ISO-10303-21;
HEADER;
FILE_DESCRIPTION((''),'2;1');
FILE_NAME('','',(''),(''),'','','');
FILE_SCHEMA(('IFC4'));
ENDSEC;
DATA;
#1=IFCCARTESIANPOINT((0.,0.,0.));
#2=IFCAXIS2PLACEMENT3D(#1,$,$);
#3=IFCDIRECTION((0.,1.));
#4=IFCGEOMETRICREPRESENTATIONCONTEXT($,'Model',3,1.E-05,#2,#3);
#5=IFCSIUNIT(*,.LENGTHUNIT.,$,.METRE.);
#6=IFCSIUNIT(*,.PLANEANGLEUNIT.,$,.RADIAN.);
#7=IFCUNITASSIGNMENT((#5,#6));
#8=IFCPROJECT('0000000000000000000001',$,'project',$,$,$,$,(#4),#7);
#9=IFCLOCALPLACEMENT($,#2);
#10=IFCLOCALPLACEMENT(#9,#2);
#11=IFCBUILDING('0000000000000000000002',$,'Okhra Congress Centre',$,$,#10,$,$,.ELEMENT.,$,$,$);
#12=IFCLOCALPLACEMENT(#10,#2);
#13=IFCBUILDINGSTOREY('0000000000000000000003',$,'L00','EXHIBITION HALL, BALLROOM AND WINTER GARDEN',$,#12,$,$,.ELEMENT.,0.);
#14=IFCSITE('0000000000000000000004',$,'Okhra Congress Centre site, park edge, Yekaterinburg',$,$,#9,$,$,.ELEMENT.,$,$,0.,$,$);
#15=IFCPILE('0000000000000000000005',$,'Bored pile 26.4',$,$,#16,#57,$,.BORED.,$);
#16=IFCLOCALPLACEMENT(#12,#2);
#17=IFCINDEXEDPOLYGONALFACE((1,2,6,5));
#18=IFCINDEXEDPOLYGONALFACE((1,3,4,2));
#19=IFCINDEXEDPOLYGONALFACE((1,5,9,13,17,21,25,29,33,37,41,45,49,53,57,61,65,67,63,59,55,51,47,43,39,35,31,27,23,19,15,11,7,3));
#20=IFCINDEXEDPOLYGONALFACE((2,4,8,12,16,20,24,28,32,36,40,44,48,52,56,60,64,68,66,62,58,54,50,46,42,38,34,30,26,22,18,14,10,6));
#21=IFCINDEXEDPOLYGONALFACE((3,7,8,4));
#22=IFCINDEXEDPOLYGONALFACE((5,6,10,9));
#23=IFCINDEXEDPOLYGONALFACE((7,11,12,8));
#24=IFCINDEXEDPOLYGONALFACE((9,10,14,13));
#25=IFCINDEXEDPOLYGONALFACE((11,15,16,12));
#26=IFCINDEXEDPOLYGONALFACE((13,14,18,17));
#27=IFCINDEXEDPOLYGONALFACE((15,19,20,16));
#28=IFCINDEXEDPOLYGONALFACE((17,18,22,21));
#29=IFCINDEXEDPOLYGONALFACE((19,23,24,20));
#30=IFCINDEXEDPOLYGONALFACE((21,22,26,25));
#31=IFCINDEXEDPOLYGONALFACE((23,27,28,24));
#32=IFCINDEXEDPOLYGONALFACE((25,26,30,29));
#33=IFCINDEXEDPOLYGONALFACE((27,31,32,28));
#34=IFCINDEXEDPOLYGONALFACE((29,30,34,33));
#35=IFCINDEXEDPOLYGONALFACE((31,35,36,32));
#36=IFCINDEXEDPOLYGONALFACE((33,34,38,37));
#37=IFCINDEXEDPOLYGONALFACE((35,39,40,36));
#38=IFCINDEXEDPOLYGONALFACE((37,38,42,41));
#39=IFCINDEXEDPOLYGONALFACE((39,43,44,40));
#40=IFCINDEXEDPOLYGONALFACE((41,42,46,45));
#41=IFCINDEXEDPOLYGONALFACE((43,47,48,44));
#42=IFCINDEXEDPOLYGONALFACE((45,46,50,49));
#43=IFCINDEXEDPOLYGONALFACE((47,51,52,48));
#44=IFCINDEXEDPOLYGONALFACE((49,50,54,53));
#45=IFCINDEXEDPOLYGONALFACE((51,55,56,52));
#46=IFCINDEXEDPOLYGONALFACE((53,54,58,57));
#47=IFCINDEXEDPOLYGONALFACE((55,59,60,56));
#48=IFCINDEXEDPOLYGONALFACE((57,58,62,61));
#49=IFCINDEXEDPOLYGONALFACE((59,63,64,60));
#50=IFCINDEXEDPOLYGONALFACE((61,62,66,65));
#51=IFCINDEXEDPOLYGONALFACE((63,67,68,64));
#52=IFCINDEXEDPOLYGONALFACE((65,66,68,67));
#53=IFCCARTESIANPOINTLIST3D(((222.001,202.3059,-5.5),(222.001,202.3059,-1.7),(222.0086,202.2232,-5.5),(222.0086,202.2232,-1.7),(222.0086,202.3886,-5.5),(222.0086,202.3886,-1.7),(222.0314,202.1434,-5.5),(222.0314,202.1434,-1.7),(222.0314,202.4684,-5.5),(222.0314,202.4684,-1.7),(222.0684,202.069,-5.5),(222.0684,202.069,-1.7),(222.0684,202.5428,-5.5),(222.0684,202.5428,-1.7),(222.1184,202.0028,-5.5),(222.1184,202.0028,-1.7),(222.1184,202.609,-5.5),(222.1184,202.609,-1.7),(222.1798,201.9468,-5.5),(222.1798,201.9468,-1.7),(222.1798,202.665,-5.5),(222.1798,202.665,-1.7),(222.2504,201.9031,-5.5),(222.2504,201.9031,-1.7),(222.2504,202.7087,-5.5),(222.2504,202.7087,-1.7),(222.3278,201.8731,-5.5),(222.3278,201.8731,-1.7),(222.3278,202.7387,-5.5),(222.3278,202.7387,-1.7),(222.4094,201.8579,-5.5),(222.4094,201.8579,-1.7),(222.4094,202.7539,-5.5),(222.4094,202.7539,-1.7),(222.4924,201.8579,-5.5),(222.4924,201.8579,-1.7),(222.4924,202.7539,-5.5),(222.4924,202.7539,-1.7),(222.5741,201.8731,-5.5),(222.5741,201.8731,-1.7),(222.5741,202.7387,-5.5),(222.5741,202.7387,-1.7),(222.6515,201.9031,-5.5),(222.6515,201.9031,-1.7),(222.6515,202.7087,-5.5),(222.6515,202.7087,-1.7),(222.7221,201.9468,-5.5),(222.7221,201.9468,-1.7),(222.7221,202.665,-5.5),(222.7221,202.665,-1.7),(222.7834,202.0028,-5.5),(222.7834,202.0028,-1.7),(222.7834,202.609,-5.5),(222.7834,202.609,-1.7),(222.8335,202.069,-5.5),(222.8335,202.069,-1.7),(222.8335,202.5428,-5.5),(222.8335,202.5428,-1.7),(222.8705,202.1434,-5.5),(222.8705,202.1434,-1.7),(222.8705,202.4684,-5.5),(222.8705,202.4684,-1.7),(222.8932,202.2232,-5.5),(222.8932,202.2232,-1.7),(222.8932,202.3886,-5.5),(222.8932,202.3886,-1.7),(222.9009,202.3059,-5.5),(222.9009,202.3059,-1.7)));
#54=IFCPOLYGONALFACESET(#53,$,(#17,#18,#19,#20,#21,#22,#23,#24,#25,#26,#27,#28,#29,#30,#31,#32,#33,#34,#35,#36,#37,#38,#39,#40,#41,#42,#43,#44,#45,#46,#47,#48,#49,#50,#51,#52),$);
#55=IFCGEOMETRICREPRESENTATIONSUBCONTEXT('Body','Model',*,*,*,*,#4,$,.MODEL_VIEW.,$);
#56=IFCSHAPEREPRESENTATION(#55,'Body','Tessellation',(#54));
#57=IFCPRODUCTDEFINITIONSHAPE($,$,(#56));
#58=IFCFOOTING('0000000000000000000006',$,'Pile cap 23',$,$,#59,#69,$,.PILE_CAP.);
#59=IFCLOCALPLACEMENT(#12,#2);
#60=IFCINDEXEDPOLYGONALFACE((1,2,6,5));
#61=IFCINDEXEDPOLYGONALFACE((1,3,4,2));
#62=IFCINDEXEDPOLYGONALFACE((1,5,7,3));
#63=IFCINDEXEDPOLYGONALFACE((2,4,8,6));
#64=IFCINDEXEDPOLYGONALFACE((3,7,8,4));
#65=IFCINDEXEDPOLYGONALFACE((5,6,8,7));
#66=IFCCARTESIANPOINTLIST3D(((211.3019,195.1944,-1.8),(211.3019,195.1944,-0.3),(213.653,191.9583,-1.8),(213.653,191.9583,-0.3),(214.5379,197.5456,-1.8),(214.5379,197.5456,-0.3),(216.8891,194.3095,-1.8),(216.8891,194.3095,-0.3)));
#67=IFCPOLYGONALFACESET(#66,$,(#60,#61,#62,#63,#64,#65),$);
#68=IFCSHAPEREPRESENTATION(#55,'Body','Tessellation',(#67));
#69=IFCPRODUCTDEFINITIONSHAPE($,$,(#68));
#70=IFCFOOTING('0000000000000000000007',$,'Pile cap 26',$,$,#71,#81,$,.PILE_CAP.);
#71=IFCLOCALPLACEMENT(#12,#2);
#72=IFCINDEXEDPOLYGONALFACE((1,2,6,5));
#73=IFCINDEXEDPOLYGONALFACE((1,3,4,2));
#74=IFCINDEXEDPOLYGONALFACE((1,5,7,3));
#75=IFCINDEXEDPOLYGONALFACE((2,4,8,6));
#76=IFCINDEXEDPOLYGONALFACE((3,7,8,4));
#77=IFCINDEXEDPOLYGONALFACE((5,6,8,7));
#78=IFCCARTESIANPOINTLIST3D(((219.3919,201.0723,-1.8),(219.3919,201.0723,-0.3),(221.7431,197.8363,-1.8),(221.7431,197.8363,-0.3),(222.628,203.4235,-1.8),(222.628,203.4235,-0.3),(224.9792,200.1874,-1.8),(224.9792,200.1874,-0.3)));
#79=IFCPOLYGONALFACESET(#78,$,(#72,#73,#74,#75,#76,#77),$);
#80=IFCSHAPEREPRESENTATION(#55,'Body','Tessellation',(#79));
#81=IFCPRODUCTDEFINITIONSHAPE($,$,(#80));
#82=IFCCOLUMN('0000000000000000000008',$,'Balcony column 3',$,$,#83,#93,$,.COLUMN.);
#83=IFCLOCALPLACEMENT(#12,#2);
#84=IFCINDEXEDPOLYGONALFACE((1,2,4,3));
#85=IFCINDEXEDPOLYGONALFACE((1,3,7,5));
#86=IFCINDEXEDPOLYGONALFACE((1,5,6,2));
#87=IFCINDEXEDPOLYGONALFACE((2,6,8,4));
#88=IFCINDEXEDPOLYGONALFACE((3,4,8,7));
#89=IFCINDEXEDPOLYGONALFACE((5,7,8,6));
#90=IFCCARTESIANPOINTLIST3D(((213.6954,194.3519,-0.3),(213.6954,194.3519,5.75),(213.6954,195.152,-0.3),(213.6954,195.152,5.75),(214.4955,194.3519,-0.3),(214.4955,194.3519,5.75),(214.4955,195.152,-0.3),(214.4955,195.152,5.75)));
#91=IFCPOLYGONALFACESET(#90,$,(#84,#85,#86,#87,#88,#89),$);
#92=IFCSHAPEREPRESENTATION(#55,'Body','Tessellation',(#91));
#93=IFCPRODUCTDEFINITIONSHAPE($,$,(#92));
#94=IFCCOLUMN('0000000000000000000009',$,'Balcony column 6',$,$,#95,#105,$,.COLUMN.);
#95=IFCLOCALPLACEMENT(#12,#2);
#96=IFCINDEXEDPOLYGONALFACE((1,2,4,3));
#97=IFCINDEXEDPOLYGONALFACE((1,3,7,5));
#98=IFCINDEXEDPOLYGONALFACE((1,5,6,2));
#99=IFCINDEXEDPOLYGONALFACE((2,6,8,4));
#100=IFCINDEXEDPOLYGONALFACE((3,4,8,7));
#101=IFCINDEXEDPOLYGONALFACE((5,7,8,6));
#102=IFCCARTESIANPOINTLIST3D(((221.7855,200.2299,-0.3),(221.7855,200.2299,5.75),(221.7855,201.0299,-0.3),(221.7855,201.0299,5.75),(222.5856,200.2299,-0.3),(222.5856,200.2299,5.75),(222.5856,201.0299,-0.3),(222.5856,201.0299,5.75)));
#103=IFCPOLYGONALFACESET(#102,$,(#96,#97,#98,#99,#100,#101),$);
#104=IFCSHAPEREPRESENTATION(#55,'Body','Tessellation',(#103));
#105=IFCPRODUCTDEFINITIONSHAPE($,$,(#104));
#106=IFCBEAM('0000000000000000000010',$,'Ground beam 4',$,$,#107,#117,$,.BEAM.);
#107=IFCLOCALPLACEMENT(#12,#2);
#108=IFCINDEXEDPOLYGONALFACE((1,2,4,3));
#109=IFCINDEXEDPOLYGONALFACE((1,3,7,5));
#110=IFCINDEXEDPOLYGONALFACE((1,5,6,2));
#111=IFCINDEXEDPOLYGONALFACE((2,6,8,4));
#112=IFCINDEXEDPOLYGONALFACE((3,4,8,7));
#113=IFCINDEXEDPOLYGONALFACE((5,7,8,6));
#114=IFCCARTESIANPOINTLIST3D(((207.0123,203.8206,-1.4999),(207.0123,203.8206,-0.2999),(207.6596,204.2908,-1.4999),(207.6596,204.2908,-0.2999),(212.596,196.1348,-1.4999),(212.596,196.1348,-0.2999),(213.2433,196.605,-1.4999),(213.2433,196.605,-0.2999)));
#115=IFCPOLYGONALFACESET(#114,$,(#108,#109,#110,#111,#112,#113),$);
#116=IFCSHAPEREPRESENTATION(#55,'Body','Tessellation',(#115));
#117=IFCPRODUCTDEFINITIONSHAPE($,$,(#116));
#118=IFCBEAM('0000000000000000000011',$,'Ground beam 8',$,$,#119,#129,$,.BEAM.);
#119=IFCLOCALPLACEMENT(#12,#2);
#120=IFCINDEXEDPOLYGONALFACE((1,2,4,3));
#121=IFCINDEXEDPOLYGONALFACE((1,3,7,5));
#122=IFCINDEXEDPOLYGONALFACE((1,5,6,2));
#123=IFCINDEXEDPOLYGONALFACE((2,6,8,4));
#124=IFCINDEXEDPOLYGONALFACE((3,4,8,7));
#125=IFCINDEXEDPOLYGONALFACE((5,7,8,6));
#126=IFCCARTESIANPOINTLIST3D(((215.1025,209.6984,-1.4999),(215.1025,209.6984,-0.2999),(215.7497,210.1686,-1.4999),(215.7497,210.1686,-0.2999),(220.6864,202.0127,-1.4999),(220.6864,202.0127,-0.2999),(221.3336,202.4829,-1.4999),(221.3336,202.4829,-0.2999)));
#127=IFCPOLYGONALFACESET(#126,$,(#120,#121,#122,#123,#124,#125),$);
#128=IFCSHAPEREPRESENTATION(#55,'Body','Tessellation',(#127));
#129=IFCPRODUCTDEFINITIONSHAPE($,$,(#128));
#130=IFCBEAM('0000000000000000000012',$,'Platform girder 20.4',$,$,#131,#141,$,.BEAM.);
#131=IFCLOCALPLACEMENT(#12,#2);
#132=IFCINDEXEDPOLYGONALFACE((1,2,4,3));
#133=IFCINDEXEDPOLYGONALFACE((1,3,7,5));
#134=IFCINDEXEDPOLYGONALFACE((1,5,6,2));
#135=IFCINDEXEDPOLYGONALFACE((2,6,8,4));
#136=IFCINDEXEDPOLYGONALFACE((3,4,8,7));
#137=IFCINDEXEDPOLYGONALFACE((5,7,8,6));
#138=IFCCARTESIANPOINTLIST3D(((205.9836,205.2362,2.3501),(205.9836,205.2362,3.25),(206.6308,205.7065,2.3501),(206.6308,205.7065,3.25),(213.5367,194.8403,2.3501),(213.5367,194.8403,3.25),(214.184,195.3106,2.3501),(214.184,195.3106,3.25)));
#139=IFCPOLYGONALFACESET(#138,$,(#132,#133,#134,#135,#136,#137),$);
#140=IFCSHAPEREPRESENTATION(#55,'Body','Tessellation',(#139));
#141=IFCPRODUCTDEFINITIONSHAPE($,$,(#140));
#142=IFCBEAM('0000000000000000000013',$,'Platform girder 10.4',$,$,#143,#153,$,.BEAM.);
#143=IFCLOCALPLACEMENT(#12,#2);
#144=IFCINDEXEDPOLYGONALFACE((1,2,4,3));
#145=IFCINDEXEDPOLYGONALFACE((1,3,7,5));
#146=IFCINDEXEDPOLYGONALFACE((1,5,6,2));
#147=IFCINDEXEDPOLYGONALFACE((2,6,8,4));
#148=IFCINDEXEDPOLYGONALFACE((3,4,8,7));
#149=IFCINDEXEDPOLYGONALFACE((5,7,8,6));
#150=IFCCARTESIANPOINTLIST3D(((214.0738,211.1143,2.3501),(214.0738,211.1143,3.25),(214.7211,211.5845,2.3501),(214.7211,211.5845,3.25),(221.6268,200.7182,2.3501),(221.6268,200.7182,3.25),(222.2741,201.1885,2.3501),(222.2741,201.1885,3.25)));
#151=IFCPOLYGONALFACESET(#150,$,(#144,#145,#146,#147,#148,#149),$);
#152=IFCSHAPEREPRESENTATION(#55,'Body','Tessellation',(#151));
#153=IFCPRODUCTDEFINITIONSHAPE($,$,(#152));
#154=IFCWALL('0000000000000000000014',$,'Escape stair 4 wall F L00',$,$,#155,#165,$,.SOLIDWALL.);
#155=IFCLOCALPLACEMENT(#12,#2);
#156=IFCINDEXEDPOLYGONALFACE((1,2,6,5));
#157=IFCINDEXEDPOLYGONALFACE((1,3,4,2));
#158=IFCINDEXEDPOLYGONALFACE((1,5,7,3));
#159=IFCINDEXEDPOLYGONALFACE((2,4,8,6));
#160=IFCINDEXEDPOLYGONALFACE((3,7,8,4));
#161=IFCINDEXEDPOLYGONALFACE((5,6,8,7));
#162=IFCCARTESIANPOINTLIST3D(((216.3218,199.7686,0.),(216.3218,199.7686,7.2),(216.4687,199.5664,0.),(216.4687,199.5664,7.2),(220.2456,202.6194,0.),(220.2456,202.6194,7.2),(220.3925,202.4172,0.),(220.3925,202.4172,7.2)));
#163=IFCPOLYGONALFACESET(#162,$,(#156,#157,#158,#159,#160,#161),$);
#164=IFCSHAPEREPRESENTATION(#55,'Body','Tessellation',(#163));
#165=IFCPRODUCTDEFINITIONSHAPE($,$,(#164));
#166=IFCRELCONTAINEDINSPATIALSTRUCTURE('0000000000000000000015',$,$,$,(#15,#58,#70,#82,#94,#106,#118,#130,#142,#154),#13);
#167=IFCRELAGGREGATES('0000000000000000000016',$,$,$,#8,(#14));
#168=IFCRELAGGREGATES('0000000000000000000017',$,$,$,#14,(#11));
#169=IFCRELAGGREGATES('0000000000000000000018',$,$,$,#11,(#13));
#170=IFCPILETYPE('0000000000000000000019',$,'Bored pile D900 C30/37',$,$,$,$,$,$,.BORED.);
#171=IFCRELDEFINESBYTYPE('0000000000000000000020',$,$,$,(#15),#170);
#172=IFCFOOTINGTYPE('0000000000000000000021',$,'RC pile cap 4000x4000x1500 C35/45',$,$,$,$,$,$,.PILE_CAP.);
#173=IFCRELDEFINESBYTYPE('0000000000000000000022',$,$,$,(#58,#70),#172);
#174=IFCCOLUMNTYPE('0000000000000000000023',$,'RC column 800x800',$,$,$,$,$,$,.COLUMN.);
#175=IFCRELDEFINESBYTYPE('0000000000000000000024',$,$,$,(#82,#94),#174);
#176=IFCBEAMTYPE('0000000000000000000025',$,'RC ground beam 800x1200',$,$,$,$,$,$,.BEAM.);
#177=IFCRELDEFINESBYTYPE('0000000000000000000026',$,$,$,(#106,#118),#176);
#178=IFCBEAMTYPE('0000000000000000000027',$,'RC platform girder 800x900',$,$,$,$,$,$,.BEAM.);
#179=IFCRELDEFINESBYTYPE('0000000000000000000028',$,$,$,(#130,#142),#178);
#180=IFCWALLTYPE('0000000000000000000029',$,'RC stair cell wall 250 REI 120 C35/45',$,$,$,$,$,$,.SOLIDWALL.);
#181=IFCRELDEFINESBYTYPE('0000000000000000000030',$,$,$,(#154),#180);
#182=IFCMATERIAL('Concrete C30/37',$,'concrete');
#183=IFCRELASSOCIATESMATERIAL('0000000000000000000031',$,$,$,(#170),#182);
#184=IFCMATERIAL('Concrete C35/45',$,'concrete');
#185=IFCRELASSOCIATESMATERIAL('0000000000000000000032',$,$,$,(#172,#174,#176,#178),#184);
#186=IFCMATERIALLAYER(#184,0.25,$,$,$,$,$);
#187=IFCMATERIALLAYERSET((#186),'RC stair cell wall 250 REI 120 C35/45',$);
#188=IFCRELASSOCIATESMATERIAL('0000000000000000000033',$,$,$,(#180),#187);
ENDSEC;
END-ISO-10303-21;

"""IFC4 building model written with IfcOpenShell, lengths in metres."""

from ifc_helpers import new_model, si_unit, direction, frame, frame_2d, origin, origin_2d, place, context, subcontext, project, spatial, rectangle, circle, extrude, material, layer, layer_set, material_profile, profile_set, type_object, element, save


model = new_model("IFC4")

# Units and contexts
model_context = context("Model", 3, precision=1e-05, world=origin(), true_north=direction((0.0, 1.0)))
body_context = subcontext(model_context, "Body", "Model", "MODEL_VIEW")
ifc_project = project(units=[si_unit("LENGTHUNIT", "METRE"), si_unit("PLANEANGLEUNIT", "RADIAN")], contexts=[model_context])

# Site, building, storey
site_placement = place(None, origin())
site = spatial("IfcSite", under=ifc_project, at=site_placement, Name="Okhra Congress Centre site, park edge, Yekaterinburg", CompositionType="ELEMENT", RefElevation=0.0)
building_placement = place(site_placement, origin())
building = spatial("IfcBuilding", under=site, at=building_placement, Name="Okhra Congress Centre", CompositionType="ELEMENT")
storey_placement = place(building_placement, origin())
storey = spatial("IfcBuildingStorey", under=building, at=storey_placement, Name="L00", Description="EXHIBITION HALL, BALLROOM AND WINTER GARDEN", CompositionType="ELEMENT", Elevation=0.0)

# Pile
ifc_material_1 = material(Name="Concrete C30/37", Category="concrete")
ifc_material_profile_1 = material_profile(ifc_material_1, circle(Radius=0.45, at=origin_2d()), Name="D900")
ifc_profile_set_1 = profile_set([ifc_material_profile_1], Name="Concrete C30/37")
pile_type = type_object("IfcPileType", Name="Bored pile D900 C30/37", PredefinedType="BORED", material=ifc_profile_set_1)
for number, where, z_axis, x_axis, name in (
    (1, (222.4509, 202.3059, -1.7), (0.0, 0.0, -1.0), (1.0, 0.0, 0.0), "Bored pile 26.4"),
):
    element("IfcPile", number, at=place(storey_placement, frame(where, z_axis=z_axis, x_axis=x_axis)), inside=storey, type_object=pile_type, Name=name, PredefinedType="BORED", context=body_context, shape_type="SweptSolid", body=[
        extrude(circle(Radius=0.45, at=origin_2d()), origin(), (0.0, 0.0, 1.0), 3.8),
    ])

# Footings
ifc_material_2 = material(Name="Concrete C35/45", Category="concrete")
footing_type = type_object("IfcFootingType", Name="RC pile cap 4000x4000x1500 C35/45", PredefinedType="PILE_CAP", material=ifc_material_2)
for number, where, z_axis, x_axis, name in (
    (2, (214.0955, 194.752, -1.8), (0.0, 0.0, 1.0), (0.809017, 0.587785, 0.0), "Pile cap 23"),
    (3, (222.1855, 200.6299, -1.8), (0.0, 0.0, 1.0), (0.809017, 0.587785, 0.0), "Pile cap 26"),
):
    element("IfcFooting", number, at=place(storey_placement, frame(where, z_axis=z_axis, x_axis=x_axis)), inside=storey, type_object=footing_type, Name=name, PredefinedType="PILE_CAP", context=body_context, shape_type="SweptSolid", body=[
        extrude(rectangle(XDim=4.0, YDim=4.0, at=origin_2d()), origin(), (0.0, 0.0, 1.0), 1.5),
    ])

# Columns
ifc_material_profile_2 = material_profile(ifc_material_2, rectangle(XDim=0.8, YDim=0.8, at=origin_2d()), Name="RC column 800x800")
ifc_profile_set_2 = profile_set([ifc_material_profile_2], Name="Concrete C35/45")
column_type = type_object("IfcColumnType", Name="RC column 800x800", PredefinedType="COLUMN", material=ifc_profile_set_2)
for number, where, z_axis, x_axis, name in (
    (4, (214.0955, 194.752, -0.3), (0.0, 0.0, 1.0), (1.0, 0.0, 0.0), "Balcony column 3"),
    (5, (222.1855, 200.6299, -0.3), (0.0, 0.0, 1.0), (1.0, 0.0, 0.0), "Balcony column 6"),
):
    element("IfcColumn", number, at=place(storey_placement, frame(where, z_axis=z_axis, x_axis=x_axis)), inside=storey, type_object=column_type, Name=name, PredefinedType="COLUMN", context=body_context, shape_type="SweptSolid", body=[
        extrude(rectangle(XDim=0.8, YDim=0.8, at=origin_2d()), origin(), (0.0, 0.0, 1.0), 6.05),
    ])

# Beams
ifc_material_profile_3 = material_profile(ifc_material_2, rectangle(XDim=0.8, YDim=1.2, at=origin_2d()), Name="RC ground beam 800x1200")
ifc_profile_set_3 = profile_set([ifc_material_profile_3], Name="Concrete C35/45")
beam_type_1 = type_object("IfcBeamType", Name="RC ground beam 800x1200", PredefinedType="BEAM", material=ifc_profile_set_3)
for number, where, z_axis, x_axis, name in (
    (6, (212.9197, 196.3699, -0.8999), (-0.587764, 0.809033, 0.0), (-0.809033, -0.587764, 0.0), "Ground beam 4"),
    (7, (221.01, 202.2478, -0.8999), (-0.58778, 0.80902, 0.0), (-0.80902, -0.58778, 0.0), "Ground beam 8"),
):
    element("IfcBeam", number, at=place(storey_placement, frame(where, z_axis=z_axis, x_axis=x_axis)), inside=storey, type_object=beam_type_1, Name=name, PredefinedType="BEAM", context=body_context, shape_type="SweptSolid", body=[
        extrude(rectangle(XDim=0.8, YDim=1.2, at=origin_2d()), origin(), (0.0, 0.0, 1.0), 9.5),
    ])
ifc_material_profile_4 = material_profile(ifc_material_2, rectangle(XDim=0.8, YDim=0.8999, at=origin_2d()), Name="RC platform girder 800x900")
ifc_profile_set_4 = profile_set([ifc_material_profile_4], Name="Concrete C35/45")
beam_type_2 = type_object("IfcBeamType", Name="RC platform girder 800x900", PredefinedType="BEAM", material=ifc_profile_set_4)
for number, where, z_axis, x_axis, name in (
    (8, (213.8604, 195.0754, 2.8), (-0.58779, 0.809014, 0.0), (-0.809014, -0.58779, 0.0), "Platform girder 20.4"),
    (9, (221.9504, 200.9534, 2.8), (-0.587777, 0.809023, 0.0), (-0.809023, -0.587777, 0.0), "Platform girder 10.4"),
):
    element("IfcBeam", number, at=place(storey_placement, frame(where, z_axis=z_axis, x_axis=x_axis)), inside=storey, type_object=beam_type_2, Name=name, PredefinedType="BEAM", context=body_context, shape_type="SweptSolid", body=[
        extrude(rectangle(XDim=0.8, YDim=0.8999, at=origin_2d()), origin(), (0.0, 0.0, 1.0), 12.8501),
    ])

# Wall
ifc_layer = layer(ifc_material_2, 0.25)
ifc_layer_set = layer_set([ifc_layer], Name="RC stair cell wall 250 REI 120 C35/45")
wall_type = type_object("IfcWallType", Name="RC stair cell wall 250 REI 120 C35/45", PredefinedType="SOLIDWALL", material=ifc_layer_set)
wall_placement = place(storey_placement, frame((216.3953, 199.6675, 0.0), z_axis=(0.0, 0.0, 1.0), x_axis=(0.809017, 0.587786, 0.0)))
element("IfcWall", 10, at=wall_placement, inside=storey, type_object=wall_type, Name="Escape stair 4 wall F L00", PredefinedType="SOLIDWALL", context=body_context, shape_type="SweptSolid", body=[
    extrude(rectangle(XDim=4.8501, YDim=0.25, at=frame_2d((2.425, 0.0))), origin(), (0.0, 0.0, 1.0), 7.2),
])

save(model, "model.ifc")
